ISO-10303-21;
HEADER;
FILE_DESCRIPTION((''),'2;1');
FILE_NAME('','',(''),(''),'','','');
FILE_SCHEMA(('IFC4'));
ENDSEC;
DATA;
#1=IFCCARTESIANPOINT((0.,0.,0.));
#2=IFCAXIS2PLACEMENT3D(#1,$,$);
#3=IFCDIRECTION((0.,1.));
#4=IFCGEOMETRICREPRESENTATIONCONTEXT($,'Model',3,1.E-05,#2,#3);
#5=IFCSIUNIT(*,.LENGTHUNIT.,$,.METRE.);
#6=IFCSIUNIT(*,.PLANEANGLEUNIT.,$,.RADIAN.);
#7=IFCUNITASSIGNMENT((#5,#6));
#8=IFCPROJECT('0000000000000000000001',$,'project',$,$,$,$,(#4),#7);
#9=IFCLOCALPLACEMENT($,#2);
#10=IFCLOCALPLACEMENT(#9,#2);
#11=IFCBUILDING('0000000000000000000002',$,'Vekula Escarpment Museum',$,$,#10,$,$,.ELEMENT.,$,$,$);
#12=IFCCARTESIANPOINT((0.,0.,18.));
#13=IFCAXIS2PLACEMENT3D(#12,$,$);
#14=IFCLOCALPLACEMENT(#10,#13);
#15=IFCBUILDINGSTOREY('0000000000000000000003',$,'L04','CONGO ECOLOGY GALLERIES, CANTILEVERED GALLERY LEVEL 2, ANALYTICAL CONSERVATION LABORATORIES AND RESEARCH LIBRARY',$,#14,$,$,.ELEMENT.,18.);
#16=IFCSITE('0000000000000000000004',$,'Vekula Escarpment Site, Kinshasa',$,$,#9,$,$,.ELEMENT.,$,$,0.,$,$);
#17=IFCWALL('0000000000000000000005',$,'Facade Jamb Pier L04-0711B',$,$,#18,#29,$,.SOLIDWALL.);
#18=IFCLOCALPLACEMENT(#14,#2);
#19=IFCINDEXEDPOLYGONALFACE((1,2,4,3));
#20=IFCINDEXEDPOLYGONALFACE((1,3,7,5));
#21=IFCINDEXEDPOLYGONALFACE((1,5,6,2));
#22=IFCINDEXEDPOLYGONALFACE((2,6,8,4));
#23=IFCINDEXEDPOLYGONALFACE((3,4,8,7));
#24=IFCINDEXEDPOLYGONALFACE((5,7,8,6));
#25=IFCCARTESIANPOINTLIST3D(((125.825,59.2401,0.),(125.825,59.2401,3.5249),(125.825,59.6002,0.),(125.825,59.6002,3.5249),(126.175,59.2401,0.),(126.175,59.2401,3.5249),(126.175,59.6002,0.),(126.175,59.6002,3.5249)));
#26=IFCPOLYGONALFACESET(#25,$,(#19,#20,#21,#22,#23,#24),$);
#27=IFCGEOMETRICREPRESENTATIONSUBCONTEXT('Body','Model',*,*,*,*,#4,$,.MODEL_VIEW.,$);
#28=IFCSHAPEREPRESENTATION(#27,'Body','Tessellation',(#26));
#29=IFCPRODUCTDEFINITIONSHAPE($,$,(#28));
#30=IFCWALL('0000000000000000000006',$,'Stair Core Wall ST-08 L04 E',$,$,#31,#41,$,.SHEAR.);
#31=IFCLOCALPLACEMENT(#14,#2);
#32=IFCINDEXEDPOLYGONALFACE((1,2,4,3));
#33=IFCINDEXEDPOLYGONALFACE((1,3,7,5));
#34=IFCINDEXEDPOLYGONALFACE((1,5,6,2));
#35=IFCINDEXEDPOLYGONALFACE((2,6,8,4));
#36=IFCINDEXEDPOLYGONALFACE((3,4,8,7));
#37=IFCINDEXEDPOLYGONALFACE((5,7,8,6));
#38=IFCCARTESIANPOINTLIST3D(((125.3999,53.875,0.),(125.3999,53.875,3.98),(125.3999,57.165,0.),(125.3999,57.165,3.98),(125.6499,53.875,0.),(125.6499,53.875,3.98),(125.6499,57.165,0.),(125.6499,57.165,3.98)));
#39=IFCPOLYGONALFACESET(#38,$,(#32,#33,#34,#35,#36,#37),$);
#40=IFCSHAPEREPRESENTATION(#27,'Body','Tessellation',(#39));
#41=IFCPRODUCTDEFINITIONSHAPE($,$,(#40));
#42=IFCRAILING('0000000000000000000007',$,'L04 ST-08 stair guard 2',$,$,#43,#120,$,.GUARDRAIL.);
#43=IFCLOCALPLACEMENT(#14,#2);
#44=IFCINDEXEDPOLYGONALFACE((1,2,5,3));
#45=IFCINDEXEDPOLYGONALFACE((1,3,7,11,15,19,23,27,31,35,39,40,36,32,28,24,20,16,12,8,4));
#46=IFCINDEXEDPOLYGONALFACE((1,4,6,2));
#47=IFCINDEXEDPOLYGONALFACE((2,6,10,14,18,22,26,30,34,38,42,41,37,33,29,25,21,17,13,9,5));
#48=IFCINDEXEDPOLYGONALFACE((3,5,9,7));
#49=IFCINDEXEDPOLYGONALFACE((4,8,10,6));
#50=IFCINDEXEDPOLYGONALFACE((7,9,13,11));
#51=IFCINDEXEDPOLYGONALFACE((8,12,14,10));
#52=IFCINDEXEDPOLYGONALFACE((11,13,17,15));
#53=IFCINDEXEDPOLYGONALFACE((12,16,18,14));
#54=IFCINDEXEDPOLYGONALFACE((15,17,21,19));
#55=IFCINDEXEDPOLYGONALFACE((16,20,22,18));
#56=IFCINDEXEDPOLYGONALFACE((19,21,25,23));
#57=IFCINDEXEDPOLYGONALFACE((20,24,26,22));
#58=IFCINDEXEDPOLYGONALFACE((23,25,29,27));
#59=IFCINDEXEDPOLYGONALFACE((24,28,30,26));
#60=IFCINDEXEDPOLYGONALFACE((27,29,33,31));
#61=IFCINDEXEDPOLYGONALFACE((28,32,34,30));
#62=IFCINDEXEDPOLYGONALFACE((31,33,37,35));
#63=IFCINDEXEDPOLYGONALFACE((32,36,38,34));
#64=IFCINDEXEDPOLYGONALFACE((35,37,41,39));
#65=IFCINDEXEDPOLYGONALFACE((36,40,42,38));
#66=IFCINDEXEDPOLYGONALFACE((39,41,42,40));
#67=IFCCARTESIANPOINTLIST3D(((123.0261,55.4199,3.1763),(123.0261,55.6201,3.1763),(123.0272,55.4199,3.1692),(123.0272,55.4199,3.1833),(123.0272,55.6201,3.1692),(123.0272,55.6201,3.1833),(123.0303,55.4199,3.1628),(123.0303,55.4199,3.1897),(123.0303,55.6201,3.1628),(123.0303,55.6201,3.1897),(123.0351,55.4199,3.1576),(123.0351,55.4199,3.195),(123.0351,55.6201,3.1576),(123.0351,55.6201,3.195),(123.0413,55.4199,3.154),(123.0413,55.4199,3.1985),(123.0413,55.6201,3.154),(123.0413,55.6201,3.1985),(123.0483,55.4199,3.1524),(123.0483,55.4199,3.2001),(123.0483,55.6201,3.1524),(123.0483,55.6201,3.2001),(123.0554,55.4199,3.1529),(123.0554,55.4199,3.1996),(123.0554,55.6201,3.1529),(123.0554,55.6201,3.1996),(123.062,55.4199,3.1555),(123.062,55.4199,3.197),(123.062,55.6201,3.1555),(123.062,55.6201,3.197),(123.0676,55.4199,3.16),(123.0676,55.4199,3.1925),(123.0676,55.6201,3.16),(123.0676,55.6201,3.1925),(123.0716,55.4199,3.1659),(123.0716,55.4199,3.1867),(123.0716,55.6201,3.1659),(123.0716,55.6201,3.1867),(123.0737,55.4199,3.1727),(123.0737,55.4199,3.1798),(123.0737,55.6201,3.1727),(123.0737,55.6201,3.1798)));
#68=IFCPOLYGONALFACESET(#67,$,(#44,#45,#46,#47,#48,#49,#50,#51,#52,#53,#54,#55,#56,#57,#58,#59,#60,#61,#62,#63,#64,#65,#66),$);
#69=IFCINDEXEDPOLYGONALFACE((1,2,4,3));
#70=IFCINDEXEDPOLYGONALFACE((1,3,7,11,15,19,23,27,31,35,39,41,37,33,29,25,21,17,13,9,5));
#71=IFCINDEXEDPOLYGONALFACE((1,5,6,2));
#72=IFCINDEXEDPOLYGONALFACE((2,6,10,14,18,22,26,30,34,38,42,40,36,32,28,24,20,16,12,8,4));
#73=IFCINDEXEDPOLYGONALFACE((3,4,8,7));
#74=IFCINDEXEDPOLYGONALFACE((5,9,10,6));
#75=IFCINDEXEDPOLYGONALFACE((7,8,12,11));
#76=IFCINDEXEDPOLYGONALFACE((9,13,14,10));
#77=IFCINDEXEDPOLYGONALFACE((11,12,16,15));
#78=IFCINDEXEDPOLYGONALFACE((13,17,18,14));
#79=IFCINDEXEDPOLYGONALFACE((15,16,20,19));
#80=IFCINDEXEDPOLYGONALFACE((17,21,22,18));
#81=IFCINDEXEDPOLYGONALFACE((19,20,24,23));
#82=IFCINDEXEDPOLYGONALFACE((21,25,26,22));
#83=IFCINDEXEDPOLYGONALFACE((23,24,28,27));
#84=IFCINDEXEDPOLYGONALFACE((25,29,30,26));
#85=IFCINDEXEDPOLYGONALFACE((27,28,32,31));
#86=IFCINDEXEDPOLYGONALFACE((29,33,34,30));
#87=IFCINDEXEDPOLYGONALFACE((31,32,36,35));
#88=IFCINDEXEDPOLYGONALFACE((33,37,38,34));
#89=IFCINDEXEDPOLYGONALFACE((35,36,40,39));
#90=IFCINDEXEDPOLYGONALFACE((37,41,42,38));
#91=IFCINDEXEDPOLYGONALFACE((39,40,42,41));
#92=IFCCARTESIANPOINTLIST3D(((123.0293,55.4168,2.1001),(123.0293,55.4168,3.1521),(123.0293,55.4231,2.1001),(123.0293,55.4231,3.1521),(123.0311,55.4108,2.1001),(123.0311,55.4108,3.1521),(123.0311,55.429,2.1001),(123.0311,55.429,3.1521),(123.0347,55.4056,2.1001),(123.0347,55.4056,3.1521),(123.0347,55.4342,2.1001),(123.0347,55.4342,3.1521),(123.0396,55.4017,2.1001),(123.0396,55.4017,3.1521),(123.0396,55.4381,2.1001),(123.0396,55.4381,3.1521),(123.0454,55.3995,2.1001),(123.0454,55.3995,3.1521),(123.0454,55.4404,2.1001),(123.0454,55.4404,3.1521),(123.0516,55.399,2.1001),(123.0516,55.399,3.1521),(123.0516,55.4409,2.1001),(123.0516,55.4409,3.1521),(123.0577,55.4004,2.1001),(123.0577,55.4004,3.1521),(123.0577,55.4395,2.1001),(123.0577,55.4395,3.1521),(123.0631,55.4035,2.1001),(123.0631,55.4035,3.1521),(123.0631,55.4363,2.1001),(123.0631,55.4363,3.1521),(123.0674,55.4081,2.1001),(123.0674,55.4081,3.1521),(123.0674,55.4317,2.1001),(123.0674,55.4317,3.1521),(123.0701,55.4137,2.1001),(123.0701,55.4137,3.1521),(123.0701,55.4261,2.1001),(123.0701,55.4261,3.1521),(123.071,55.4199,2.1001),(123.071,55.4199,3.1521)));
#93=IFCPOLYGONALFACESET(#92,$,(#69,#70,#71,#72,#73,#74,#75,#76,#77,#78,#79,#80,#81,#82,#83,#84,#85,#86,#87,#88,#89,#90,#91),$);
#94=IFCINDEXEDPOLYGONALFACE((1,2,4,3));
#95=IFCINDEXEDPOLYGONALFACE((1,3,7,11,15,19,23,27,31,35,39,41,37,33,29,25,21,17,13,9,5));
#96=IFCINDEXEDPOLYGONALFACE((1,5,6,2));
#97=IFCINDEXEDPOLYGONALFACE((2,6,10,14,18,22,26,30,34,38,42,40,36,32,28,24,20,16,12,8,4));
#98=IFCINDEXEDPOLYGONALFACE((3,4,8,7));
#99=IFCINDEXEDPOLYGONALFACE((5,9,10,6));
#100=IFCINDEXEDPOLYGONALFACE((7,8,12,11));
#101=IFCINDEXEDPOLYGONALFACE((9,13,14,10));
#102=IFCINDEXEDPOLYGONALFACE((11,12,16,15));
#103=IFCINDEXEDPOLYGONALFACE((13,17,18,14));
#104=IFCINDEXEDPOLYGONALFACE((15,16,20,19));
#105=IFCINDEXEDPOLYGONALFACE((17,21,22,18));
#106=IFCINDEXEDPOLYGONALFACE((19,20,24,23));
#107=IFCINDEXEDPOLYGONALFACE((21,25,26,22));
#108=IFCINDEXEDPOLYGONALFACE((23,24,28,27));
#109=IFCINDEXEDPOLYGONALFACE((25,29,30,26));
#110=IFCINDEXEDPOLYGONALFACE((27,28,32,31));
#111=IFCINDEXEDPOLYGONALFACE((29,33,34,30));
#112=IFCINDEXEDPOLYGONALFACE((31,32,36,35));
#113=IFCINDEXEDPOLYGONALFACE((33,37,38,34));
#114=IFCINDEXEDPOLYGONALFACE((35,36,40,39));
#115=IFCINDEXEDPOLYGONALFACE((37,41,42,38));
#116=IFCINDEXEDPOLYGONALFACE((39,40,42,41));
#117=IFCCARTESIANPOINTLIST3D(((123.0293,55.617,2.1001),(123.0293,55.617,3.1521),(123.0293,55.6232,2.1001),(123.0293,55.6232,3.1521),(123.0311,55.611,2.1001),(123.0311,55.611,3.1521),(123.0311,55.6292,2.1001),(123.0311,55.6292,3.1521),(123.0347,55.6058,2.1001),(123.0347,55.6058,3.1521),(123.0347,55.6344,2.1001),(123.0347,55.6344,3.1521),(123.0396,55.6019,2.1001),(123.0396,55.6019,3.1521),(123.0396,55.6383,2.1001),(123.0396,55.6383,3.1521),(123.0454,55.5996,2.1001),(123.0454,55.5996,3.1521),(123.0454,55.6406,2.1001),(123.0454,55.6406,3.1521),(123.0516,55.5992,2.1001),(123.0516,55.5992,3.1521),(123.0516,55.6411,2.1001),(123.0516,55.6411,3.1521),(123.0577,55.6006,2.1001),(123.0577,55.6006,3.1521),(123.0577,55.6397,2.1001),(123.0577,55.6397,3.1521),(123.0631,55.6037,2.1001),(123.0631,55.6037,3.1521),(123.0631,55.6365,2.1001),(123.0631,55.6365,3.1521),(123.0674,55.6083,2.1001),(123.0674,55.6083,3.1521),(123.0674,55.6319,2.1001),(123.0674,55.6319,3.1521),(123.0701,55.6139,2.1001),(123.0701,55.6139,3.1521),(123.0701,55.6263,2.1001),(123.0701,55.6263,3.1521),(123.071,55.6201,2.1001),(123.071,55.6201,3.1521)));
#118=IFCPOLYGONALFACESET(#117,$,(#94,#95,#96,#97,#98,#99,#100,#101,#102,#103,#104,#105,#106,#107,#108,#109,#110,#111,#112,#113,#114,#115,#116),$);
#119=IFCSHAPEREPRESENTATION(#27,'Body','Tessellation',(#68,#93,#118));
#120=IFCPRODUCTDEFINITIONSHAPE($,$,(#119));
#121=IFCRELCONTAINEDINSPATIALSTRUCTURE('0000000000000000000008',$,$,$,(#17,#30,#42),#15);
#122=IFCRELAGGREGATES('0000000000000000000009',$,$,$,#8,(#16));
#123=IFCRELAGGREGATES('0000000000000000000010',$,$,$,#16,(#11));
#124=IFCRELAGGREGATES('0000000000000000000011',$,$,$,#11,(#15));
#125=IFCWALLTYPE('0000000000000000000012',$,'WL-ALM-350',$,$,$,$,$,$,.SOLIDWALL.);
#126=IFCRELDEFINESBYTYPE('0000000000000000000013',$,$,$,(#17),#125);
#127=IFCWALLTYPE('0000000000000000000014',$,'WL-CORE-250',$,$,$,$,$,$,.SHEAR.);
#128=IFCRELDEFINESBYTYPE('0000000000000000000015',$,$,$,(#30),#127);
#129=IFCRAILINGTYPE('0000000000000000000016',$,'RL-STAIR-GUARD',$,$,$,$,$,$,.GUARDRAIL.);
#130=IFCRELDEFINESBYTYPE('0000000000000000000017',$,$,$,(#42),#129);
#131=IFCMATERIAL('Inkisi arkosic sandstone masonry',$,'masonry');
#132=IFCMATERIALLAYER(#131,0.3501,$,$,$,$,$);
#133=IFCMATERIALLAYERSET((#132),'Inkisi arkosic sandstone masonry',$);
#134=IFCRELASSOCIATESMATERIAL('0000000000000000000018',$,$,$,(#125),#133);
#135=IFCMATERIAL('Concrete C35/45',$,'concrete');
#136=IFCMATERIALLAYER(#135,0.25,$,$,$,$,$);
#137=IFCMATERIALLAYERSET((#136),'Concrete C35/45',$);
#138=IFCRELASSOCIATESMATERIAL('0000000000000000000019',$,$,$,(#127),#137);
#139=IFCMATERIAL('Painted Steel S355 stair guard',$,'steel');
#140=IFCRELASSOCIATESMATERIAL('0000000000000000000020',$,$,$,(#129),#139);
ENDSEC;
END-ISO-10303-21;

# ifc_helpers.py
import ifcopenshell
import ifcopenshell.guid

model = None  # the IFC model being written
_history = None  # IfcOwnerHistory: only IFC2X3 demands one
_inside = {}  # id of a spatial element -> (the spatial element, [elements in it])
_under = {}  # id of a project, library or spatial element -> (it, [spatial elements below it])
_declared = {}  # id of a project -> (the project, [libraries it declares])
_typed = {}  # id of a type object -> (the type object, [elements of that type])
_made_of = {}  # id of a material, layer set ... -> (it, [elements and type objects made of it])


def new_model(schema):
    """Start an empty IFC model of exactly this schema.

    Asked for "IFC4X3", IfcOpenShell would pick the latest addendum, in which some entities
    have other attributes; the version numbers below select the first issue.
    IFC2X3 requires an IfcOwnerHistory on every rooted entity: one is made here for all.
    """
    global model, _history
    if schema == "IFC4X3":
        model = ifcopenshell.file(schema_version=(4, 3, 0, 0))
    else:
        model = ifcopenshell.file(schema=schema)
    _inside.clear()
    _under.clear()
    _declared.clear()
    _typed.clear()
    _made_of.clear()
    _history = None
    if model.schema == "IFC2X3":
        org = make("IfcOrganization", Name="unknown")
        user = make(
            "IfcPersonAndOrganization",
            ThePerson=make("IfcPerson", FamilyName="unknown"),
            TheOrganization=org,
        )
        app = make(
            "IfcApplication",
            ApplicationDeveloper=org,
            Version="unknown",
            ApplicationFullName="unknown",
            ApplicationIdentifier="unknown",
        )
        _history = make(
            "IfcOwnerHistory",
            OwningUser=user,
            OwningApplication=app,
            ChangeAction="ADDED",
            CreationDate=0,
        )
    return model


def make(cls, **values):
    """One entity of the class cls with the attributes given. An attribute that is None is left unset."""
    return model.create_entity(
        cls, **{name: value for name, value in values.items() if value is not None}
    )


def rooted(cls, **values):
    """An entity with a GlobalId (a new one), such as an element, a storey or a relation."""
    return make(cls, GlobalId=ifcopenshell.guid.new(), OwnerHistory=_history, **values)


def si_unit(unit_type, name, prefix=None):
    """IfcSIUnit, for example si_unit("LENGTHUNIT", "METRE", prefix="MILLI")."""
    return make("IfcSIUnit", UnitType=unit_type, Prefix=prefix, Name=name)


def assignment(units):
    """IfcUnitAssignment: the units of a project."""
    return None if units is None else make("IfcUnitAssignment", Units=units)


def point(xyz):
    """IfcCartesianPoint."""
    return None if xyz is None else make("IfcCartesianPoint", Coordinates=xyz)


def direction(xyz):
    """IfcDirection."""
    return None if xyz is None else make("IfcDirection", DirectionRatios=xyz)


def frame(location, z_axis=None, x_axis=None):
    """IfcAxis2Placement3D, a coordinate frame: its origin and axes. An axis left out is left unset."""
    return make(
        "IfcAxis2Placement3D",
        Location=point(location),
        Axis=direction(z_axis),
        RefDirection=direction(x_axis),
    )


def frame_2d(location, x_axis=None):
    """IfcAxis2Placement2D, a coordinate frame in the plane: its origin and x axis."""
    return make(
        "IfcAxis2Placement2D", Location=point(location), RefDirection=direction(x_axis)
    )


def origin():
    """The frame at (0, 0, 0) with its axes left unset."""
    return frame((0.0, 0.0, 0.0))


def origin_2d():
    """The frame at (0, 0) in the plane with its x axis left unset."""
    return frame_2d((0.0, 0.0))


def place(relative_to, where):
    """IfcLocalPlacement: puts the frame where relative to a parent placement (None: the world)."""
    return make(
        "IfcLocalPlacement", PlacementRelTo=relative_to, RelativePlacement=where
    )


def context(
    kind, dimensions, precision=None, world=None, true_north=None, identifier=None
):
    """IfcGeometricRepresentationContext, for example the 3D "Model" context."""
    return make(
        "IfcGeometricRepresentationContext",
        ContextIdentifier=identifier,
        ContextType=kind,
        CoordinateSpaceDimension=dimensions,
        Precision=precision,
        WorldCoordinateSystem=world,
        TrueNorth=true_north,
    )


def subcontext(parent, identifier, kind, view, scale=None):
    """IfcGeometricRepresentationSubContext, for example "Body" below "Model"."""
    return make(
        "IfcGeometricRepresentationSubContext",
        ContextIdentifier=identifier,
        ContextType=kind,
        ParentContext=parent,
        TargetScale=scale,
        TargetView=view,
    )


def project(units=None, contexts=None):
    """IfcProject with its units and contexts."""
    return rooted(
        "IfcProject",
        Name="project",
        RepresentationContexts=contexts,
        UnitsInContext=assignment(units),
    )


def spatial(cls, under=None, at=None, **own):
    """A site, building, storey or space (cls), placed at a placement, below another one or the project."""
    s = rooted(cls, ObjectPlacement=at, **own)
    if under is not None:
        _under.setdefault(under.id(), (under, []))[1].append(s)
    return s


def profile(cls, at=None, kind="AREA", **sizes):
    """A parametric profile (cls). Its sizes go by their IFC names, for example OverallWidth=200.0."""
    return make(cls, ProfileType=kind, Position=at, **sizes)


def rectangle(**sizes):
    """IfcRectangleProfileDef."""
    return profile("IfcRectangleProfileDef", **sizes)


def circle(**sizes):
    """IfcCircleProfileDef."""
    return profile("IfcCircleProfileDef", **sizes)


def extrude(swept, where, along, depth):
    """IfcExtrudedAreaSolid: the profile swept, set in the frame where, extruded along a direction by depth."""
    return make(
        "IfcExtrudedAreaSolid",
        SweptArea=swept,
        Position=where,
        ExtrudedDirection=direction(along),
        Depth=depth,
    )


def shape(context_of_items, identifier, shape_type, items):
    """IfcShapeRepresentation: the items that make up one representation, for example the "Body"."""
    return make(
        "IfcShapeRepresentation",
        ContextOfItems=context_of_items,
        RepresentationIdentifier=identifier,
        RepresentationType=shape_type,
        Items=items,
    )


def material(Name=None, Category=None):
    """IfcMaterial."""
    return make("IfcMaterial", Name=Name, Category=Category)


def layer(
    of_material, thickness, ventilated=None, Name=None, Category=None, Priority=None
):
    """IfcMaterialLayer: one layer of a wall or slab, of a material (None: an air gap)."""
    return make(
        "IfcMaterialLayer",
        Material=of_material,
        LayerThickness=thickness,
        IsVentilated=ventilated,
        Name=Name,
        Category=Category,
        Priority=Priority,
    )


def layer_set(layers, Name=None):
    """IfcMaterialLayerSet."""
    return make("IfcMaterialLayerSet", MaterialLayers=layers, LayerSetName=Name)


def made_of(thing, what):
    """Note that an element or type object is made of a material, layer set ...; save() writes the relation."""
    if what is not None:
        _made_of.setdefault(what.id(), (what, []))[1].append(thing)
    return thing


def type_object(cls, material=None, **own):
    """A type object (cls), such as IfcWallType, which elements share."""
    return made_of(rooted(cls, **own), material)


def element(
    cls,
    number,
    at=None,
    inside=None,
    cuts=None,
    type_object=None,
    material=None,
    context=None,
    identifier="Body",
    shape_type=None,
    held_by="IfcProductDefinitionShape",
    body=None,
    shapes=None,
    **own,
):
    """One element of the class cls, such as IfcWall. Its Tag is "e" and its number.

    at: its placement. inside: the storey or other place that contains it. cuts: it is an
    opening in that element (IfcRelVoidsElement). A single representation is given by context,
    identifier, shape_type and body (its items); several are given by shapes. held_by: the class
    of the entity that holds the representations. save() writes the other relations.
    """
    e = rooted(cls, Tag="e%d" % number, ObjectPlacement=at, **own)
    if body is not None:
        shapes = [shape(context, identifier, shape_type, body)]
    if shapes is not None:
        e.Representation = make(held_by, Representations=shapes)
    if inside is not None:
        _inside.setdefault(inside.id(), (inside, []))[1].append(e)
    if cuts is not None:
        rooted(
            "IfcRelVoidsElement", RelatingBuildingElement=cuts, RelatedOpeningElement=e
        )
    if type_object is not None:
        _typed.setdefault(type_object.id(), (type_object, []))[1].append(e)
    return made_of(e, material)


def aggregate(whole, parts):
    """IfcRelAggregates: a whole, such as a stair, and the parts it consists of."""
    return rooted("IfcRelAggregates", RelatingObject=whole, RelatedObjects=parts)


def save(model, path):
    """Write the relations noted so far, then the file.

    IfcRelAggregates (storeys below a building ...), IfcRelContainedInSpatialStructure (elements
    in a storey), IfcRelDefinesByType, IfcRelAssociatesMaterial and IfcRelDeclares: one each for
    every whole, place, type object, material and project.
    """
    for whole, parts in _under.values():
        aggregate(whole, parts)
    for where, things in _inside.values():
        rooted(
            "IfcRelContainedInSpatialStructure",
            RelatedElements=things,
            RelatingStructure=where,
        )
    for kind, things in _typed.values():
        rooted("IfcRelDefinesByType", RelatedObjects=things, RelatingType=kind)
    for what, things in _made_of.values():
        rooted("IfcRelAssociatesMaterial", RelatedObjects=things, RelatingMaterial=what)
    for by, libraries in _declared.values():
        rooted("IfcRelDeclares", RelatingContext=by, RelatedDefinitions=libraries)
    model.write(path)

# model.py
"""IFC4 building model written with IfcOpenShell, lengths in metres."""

from ifc_helpers import new_model, si_unit, direction, frame, frame_2d, origin, origin_2d, place, context, subcontext, project, spatial, rectangle, circle, extrude, material, layer, layer_set, type_object, element, save


model = new_model("IFC4")

# Units and contexts
model_context = context("Model", 3, precision=1e-05, world=origin(), true_north=direction((0.0, 1.0)))
body_context = subcontext(model_context, "Body", "Model", "MODEL_VIEW")
ifc_project = project(units=[si_unit("LENGTHUNIT", "METRE"), si_unit("PLANEANGLEUNIT", "RADIAN")], contexts=[model_context])

# Site, building, storey
site_placement = place(None, origin())
site = spatial("IfcSite", under=ifc_project, at=site_placement, Name="Vekula Escarpment Site, Kinshasa", CompositionType="ELEMENT", RefElevation=0.0)
building_placement = place(site_placement, origin())
building = spatial("IfcBuilding", under=site, at=building_placement, Name="Vekula Escarpment Museum", CompositionType="ELEMENT")
storey_placement = place(building_placement, frame((0.0, 0.0, 18.0)))
storey = spatial("IfcBuildingStorey", under=building, at=storey_placement, Name="L04", Description="CONGO ECOLOGY GALLERIES, CANTILEVERED GALLERY LEVEL 2, ANALYTICAL CONSERVATION LABORATORIES AND RESEARCH LIBRARY", CompositionType="ELEMENT", Elevation=18.0)

# Walls
ifc_material_1 = material(Name="Inkisi arkosic sandstone masonry", Category="masonry")
ifc_layer_1 = layer(ifc_material_1, 0.3501)
ifc_layer_set_1 = layer_set([ifc_layer_1], Name="Inkisi arkosic sandstone masonry")
wall_type_1 = type_object("IfcWallType", Name="WL-ALM-350", PredefinedType="SOLIDWALL", material=ifc_layer_set_1)
wall_1_placement = place(storey_placement, frame((126.0, 59.24, 0.0), z_axis=(0.0, 0.0, 1.0), x_axis=(0.0, 1.0, 0.0)))
element("IfcWall", 1, at=wall_1_placement, inside=storey, type_object=wall_type_1, Name="Facade Jamb Pier L04-0711B", PredefinedType="SOLIDWALL", context=body_context, shape_type="SweptSolid", body=[
    extrude(rectangle(XDim=0.3601, YDim=0.3501, at=frame_2d((0.1802, 0.0))), origin(), (0.0, 0.0, 1.0), 3.5249),
])
ifc_material_2 = material(Name="Concrete C35/45", Category="concrete")
ifc_layer_2 = layer(ifc_material_2, 0.25)
ifc_layer_set_2 = layer_set([ifc_layer_2], Name="Concrete C35/45")
wall_type_2 = type_object("IfcWallType", Name="WL-CORE-250", PredefinedType="SHEAR", material=ifc_layer_set_2)
wall_2_placement = place(storey_placement, frame((125.5249, 53.875, 0.0), z_axis=(0.0, 0.0, 1.0), x_axis=(0.0, 1.0, 0.0)))
element("IfcWall", 2, at=wall_2_placement, inside=storey, type_object=wall_type_2, Name="Stair Core Wall ST-08 L04 E", PredefinedType="SHEAR", context=body_context, shape_type="SweptSolid", body=[
    extrude(rectangle(XDim=3.29, YDim=0.25, at=frame_2d((1.645, 0.0))), origin(), (0.0, 0.0, 1.0), 3.98),
])

# Railing
ifc_material_3 = material(Name="Painted Steel S355 stair guard", Category="steel")
railing_type_1 = type_object("IfcRailingType", Name="RL-STAIR-GUARD", PredefinedType="GUARDRAIL", material=ifc_material_3)
railing_1_placement = place(storey_placement, frame((123.05, 55.4199, 2.1001)))
element("IfcRailing", 3, at=railing_1_placement, inside=storey, type_object=railing_type_1, Name="L04 ST-08 stair guard 2", PredefinedType="GUARDRAIL", context=body_context, shape_type="SweptSolid", body=[
    extrude(circle(Radius=0.0239, at=origin_2d()), frame((0.0, 0.0, 1.0762), z_axis=(0.0, 1.0, 0.0), x_axis=(-1.0, 0.0, 0.0)), (0.0, 0.0, 1.0), 0.2002),
    extrude(circle(Radius=0.021, at=origin_2d()), origin(), (0.0, 0.0, 1.0), 1.052),
    extrude(circle(Radius=0.021, at=origin_2d()), frame((0.0, 0.2002, 0.0)), (0.0, 0.0, 1.0), 1.052),
])

save(model, "model.ifc")
